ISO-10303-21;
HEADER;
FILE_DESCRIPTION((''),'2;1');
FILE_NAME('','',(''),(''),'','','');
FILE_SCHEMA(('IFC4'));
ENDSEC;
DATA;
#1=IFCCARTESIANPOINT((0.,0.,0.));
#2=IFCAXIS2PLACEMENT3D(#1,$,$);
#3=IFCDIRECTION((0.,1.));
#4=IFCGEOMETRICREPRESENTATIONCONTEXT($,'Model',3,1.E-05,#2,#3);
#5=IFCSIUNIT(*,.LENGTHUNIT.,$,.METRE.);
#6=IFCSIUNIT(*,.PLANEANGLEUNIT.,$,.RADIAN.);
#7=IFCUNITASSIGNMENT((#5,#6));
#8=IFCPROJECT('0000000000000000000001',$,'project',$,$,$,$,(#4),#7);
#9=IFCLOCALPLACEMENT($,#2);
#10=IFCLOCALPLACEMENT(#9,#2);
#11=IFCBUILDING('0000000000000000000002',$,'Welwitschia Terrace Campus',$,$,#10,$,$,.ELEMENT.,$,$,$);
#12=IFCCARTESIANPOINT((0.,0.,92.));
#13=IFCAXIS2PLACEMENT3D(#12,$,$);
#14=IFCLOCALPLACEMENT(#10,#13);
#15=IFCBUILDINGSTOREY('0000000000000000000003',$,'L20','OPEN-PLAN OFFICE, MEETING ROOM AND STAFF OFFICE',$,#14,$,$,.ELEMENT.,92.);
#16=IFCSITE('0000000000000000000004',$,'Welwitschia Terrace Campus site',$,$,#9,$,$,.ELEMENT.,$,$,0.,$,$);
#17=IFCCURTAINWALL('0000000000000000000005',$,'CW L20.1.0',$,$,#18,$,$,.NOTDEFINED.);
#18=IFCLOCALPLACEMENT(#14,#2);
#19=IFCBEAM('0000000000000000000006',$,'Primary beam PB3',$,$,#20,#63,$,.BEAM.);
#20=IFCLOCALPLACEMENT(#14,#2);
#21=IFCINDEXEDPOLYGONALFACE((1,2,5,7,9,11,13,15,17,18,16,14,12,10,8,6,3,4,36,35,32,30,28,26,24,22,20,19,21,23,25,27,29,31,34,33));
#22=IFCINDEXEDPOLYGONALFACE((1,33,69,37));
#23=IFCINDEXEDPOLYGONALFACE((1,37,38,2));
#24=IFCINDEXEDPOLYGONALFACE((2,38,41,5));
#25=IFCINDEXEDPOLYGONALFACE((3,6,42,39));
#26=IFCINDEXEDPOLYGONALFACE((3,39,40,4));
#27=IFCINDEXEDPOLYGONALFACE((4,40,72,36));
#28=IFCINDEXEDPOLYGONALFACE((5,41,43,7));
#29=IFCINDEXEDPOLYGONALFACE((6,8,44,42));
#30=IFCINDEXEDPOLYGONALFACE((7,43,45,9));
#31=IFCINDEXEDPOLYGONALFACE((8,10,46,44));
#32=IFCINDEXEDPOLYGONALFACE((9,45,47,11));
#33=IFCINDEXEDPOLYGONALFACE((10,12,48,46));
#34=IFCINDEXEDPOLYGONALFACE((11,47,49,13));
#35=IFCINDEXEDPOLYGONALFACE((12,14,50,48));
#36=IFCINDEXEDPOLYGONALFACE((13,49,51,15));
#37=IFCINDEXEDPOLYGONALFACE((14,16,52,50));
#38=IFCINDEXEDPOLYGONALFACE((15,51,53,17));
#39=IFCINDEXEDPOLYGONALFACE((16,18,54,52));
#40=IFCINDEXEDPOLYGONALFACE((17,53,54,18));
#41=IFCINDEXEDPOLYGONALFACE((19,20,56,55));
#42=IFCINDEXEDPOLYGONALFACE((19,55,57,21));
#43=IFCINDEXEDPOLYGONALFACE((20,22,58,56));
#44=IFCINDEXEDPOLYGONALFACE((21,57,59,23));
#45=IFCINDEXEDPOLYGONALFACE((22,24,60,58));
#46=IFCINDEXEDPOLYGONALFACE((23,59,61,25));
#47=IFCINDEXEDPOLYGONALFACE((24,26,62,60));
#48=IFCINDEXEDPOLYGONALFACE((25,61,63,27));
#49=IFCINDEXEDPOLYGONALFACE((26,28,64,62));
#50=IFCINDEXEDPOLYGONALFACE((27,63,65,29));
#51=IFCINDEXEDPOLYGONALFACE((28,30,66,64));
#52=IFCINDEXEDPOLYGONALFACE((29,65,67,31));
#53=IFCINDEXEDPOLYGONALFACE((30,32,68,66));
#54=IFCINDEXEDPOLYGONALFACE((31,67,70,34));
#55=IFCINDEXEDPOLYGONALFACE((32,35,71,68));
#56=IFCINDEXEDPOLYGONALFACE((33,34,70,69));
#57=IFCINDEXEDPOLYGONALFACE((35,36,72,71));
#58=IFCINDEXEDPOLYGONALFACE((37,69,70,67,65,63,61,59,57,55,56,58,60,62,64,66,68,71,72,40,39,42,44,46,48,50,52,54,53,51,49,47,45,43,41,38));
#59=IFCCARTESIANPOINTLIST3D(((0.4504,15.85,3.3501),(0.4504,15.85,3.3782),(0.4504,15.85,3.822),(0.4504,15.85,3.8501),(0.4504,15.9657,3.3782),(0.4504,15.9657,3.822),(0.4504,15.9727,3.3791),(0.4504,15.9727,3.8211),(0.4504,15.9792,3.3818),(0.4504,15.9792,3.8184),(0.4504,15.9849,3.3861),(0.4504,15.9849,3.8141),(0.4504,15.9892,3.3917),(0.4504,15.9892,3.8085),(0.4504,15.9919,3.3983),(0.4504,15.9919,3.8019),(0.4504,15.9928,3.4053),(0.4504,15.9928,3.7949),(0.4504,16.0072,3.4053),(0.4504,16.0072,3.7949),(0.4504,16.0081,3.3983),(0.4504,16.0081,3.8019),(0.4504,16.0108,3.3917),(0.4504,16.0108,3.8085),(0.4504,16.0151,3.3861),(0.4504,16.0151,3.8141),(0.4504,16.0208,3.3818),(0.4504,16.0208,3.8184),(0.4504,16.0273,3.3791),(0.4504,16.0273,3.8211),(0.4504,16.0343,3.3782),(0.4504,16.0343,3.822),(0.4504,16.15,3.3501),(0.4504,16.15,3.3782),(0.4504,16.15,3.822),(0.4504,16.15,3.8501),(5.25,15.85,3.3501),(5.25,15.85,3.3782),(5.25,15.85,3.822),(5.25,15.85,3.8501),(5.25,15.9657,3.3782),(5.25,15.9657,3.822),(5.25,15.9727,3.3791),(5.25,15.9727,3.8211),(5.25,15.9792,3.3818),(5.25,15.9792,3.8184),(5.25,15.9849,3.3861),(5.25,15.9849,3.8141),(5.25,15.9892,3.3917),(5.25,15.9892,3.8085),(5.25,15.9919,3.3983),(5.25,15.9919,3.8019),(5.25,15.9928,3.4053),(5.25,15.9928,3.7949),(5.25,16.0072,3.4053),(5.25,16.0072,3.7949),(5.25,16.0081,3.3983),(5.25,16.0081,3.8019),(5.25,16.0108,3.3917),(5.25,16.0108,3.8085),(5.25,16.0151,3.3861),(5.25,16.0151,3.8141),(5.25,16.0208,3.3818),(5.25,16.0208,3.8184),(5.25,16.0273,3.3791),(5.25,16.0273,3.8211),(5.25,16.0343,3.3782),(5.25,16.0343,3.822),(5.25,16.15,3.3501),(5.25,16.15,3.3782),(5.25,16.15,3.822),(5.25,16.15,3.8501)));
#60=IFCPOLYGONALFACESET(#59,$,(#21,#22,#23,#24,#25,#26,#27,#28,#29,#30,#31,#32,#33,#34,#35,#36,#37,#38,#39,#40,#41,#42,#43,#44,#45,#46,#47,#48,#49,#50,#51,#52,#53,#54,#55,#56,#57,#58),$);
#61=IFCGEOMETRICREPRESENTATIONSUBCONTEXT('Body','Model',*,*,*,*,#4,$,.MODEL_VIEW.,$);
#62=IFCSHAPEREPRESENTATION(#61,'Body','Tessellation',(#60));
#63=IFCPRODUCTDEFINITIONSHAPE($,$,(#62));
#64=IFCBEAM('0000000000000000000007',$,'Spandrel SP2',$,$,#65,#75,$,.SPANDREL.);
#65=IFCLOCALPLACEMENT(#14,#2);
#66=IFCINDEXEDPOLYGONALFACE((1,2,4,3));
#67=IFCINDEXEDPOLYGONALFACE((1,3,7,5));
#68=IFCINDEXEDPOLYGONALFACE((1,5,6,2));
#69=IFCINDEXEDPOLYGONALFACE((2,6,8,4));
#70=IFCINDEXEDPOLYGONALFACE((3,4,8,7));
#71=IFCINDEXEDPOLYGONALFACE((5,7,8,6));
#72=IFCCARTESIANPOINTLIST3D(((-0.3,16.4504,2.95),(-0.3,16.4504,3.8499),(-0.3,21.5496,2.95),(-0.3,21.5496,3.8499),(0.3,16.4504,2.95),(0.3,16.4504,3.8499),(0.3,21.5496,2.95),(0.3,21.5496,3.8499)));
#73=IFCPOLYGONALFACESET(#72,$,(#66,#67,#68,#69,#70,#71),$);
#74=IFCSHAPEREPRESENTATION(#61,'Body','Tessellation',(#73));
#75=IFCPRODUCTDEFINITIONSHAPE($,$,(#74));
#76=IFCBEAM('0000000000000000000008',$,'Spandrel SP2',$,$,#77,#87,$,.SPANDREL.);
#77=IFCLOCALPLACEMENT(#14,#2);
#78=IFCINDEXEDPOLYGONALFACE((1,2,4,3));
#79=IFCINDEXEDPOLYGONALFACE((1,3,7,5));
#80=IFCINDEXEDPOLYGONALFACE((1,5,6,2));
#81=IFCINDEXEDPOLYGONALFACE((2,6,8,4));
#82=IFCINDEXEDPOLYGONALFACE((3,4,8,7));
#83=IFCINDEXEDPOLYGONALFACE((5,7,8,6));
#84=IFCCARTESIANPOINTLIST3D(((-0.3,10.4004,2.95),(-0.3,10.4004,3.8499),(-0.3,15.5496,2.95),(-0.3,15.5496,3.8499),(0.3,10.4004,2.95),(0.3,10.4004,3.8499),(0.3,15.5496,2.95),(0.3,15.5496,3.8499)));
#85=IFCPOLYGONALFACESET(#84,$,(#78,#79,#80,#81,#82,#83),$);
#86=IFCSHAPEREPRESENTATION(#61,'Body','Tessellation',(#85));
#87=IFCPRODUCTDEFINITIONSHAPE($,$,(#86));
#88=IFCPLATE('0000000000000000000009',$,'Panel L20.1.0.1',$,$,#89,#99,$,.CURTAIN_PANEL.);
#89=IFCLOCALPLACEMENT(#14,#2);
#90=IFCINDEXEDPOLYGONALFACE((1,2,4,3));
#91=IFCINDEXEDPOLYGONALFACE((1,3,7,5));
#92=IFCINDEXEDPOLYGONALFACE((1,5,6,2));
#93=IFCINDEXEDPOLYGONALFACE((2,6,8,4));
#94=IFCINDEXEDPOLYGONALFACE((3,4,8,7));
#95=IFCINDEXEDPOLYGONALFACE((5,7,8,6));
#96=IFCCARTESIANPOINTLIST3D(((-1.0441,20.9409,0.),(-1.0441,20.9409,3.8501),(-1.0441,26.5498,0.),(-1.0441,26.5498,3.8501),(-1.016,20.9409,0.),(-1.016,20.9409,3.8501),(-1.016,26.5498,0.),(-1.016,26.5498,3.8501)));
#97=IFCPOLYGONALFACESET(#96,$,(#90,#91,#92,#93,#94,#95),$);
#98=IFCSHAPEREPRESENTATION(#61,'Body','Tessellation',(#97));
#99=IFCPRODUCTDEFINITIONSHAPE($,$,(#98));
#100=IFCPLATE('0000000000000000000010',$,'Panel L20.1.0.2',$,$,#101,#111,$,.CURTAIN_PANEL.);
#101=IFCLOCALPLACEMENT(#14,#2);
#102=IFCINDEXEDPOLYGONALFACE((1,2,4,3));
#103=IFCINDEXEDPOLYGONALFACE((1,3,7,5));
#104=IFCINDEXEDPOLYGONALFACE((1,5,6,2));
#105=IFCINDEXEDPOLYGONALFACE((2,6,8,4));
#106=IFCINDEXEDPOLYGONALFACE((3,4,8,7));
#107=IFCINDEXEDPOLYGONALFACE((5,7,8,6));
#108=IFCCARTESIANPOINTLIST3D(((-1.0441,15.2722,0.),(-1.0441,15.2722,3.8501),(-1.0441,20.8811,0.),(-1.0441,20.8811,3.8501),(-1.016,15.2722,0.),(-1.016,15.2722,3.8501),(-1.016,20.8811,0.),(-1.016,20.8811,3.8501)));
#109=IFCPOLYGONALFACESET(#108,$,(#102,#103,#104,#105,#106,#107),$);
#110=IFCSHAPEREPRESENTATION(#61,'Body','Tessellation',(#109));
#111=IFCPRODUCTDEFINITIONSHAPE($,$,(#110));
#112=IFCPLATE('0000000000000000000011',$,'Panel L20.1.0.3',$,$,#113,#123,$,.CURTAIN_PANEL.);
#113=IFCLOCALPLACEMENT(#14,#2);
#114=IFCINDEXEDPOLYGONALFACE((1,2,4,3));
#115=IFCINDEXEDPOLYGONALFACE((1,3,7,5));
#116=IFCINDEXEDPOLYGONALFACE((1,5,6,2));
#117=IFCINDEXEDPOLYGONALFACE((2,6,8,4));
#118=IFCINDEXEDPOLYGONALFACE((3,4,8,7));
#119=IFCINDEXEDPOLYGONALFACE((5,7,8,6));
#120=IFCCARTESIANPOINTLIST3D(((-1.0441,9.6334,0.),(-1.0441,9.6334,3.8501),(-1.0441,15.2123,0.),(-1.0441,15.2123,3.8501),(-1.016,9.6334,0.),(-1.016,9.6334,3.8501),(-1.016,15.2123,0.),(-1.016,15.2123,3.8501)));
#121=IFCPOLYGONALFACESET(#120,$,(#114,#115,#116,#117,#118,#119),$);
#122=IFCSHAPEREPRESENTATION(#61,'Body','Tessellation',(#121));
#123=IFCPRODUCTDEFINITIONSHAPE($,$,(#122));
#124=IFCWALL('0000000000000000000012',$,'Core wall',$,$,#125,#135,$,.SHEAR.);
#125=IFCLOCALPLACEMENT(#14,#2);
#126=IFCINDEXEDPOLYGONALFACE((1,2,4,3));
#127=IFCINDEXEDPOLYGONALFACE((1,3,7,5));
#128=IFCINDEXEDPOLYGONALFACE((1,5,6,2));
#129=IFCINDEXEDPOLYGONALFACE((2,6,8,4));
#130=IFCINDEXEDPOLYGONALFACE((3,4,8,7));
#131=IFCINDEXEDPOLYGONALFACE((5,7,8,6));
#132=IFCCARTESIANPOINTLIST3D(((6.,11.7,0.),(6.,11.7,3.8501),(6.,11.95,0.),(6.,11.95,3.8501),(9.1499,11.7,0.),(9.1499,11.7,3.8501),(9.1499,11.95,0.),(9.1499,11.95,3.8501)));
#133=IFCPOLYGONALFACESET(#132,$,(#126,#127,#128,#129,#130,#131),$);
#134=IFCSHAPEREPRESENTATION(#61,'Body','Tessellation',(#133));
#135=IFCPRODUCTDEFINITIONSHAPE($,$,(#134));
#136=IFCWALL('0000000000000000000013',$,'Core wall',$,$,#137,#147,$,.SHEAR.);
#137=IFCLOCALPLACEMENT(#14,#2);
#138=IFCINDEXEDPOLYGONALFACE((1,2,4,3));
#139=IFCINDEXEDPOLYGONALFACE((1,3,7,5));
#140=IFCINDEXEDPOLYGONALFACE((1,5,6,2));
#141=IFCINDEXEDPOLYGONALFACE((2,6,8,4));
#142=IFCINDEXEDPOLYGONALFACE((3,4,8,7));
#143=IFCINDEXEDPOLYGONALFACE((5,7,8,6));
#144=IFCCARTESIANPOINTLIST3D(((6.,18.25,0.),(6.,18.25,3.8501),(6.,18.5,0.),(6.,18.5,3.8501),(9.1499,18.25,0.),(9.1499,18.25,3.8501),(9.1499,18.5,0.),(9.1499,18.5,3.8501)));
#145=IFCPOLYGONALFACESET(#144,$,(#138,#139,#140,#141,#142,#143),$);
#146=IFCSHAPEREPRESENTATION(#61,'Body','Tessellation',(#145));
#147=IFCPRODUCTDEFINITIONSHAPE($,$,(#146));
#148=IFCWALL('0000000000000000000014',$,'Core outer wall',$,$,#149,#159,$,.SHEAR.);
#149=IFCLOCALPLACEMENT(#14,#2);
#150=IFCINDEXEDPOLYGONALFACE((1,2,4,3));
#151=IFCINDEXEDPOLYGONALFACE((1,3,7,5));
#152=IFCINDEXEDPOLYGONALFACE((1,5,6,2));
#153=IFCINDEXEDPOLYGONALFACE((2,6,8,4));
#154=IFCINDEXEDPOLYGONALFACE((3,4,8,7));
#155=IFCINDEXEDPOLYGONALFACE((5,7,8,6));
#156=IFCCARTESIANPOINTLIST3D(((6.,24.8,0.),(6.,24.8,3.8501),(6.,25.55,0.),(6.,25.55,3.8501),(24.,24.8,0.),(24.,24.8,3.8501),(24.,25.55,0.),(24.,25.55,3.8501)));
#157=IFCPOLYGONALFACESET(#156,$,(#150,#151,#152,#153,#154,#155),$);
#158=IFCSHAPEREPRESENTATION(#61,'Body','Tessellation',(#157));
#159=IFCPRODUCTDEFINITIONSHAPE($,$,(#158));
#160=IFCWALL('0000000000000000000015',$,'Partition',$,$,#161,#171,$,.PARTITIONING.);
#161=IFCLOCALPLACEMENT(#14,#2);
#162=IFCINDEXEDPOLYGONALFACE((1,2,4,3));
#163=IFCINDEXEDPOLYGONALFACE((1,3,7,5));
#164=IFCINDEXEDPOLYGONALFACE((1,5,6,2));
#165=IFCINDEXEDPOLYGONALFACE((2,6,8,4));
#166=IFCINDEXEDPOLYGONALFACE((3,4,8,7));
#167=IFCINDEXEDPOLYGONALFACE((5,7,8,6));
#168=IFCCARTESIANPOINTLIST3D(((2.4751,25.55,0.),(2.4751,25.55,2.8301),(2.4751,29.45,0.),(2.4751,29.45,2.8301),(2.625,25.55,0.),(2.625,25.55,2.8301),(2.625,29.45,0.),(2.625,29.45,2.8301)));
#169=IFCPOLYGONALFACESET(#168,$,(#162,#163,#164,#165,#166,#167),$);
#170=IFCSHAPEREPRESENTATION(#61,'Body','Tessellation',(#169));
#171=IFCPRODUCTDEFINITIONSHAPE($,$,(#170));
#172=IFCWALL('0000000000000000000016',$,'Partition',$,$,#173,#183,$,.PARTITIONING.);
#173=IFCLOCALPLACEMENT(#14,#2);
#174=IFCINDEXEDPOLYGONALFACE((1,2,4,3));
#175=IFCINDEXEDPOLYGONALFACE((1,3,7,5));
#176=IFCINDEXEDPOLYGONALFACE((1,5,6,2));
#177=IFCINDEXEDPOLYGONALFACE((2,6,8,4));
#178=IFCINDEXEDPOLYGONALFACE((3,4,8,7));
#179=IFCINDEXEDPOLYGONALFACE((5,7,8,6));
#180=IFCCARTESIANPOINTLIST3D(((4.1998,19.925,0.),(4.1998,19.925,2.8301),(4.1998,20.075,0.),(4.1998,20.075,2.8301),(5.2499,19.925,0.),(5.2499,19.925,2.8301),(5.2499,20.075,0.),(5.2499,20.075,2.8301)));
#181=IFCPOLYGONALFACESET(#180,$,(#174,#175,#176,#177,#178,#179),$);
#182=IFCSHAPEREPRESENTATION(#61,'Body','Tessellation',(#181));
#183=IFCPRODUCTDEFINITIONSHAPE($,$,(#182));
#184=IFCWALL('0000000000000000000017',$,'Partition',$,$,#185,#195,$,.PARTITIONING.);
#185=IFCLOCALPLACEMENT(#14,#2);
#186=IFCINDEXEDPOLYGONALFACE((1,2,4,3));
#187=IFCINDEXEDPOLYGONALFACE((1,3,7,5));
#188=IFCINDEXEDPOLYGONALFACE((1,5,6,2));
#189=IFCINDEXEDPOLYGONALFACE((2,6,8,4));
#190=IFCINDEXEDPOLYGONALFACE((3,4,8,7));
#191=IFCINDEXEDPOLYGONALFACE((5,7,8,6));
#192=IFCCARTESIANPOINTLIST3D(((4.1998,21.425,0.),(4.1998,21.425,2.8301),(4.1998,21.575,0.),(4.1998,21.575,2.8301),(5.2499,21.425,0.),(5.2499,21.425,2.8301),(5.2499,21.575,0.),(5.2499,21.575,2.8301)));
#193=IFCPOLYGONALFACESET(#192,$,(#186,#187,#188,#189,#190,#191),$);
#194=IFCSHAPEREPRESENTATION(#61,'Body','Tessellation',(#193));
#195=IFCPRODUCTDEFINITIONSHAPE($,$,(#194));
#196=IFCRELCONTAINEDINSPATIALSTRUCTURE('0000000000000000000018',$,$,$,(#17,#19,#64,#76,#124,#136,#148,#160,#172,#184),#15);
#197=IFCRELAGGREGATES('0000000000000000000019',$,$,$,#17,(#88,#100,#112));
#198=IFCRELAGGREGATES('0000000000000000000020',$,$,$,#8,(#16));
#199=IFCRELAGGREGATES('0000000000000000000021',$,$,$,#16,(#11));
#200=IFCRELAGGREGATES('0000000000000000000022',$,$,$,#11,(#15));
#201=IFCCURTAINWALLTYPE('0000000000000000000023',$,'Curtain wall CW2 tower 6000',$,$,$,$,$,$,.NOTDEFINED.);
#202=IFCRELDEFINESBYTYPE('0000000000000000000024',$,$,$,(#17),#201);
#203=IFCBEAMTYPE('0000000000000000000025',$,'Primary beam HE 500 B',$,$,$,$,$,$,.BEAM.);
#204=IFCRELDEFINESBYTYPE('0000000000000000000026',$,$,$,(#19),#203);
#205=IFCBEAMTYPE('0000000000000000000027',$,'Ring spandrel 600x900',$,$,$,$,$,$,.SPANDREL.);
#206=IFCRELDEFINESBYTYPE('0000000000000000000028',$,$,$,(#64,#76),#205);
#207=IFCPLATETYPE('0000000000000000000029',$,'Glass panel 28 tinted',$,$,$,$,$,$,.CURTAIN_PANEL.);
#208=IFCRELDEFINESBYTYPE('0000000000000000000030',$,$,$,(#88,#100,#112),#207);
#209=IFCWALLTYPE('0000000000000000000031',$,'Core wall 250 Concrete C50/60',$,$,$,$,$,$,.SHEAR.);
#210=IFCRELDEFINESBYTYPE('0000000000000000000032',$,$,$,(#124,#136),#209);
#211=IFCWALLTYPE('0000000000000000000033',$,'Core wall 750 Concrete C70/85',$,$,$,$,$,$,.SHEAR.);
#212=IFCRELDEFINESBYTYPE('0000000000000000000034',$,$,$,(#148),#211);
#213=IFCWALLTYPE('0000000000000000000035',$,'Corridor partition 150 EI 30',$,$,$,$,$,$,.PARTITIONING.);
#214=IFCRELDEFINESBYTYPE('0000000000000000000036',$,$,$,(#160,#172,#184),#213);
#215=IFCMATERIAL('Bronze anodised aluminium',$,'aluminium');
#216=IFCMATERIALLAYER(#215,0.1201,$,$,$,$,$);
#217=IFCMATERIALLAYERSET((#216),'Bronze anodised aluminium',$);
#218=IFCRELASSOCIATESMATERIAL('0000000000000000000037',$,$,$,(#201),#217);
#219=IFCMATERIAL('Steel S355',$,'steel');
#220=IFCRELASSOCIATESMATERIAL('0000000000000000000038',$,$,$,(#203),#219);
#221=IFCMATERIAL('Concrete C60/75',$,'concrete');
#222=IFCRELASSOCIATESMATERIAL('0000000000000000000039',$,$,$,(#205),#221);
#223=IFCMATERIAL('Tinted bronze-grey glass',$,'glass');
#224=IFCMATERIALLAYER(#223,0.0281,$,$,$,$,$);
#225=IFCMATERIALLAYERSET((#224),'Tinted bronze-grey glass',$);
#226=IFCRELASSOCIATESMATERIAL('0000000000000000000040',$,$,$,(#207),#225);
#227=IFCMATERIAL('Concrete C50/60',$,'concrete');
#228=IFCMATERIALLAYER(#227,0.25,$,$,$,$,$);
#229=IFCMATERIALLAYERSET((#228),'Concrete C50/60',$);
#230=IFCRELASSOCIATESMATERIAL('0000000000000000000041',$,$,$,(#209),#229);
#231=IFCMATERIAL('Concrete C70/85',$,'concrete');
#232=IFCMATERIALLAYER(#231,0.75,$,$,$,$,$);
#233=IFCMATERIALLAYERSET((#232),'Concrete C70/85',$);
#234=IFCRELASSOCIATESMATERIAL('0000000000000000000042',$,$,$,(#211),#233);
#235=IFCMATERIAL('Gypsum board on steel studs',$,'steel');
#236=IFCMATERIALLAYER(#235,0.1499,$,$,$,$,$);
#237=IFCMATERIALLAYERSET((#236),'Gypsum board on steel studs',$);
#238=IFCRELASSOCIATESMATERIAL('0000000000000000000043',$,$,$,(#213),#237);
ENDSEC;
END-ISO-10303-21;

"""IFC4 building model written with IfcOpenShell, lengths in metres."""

from ifc_helpers import new_model, si_unit, direction, frame, frame_2d, origin, origin_2d, place, context, subcontext, project, spatial, rectangle, i_section, extrude, material, layer, layer_set, material_profile, profile_set, type_object, element, aggregate, save


model = new_model("IFC4")

# Units and contexts
model_context = context("Model", 3, precision=1e-05, world=origin(), true_north=direction((0.0, 1.0)))
body_context = subcontext(model_context, "Body", "Model", "MODEL_VIEW")
ifc_project = project(units=[si_unit("LENGTHUNIT", "METRE"), si_unit("PLANEANGLEUNIT", "RADIAN")], contexts=[model_context])

# Site, building, storey
site_placement = place(None, origin())
site = spatial("IfcSite", under=ifc_project, at=site_placement, Name="Welwitschia Terrace Campus site", CompositionType="ELEMENT", RefElevation=0.0)
building_placement = place(site_placement, origin())
building = spatial("IfcBuilding", under=site, at=building_placement, Name="Welwitschia Terrace Campus", CompositionType="ELEMENT")
storey_placement = place(building_placement, frame((0.0, 0.0, 92.0)))
storey = spatial("IfcBuildingStorey", under=building, at=storey_placement, Name="L20", Description="OPEN-PLAN OFFICE, MEETING ROOM AND STAFF OFFICE", CompositionType="ELEMENT", Elevation=92.0)

# Curtain wall
ifc_material_1 = material(Name="Bronze anodised aluminium", Category="aluminium")
ifc_layer_1 = layer(ifc_material_1, 0.1201)
ifc_layer_set_1 = layer_set([ifc_layer_1], Name="Bronze anodised aluminium")
curtain_wall_type = type_object("IfcCurtainWallType", Name="Curtain wall CW2 tower 6000", PredefinedType="NOTDEFINED", material=ifc_layer_set_1)
curtain_wall_placement = place(storey_placement, origin())
curtain_wall = element("IfcCurtainWall", 1, at=curtain_wall_placement, inside=storey, type_object=curtain_wall_type, Name="CW L20.1.0", PredefinedType="NOTDEFINED")

# Beams
ifc_material_2 = material(Name="Steel S355", Category="steel")
ifc_material_profile_1 = material_profile(ifc_material_2, i_section(OverallWidth=0.3, OverallDepth=0.5, WebThickness=0.0144, FlangeThickness=0.0281, FilletRadius=0.0271, at=origin_2d()))
ifc_profile_set_1 = profile_set([ifc_material_profile_1], Name="Steel S355")
beam_type_1 = type_object("IfcBeamType", Name="Primary beam HE 500 B", PredefinedType="BEAM", material=ifc_profile_set_1)
beam_1_placement = place(storey_placement, frame((0.4504, 16.0, 3.6001), z_axis=(1.0, 0.0, 0.0), x_axis=(0.0, 1.0, 0.0)))
element("IfcBeam", 2, at=beam_1_placement, inside=storey, type_object=beam_type_1, Name="Primary beam PB3", PredefinedType="BEAM", context=body_context, shape_type="SweptSolid", body=[
    extrude(i_section(OverallWidth=0.3, OverallDepth=0.5, WebThickness=0.0144, FlangeThickness=0.0281, FilletRadius=0.0271, at=origin_2d()), origin(), (0.0, 0.0, 1.0), 4.7996),
])
ifc_material_3 = material(Name="Concrete C60/75", Category="concrete")
ifc_material_profile_2 = material_profile(ifc_material_3, rectangle(XDim=0.6001, YDim=0.8999, at=origin_2d()))
ifc_profile_set_2 = profile_set([ifc_material_profile_2], Name="Concrete C60/75")
beam_type_2 = type_object("IfcBeamType", Name="Ring spandrel 600x900", PredefinedType="SPANDREL", material=ifc_profile_set_2)
beam_2_placement = place(storey_placement, frame((0.0, 21.5496, 3.3999), z_axis=(0.0, -1.0, 0.0), x_axis=(1.0, 0.0, 0.0)))
element("IfcBeam", 3, at=beam_2_placement, inside=storey, type_object=beam_type_2, Name="Spandrel SP2", PredefinedType="SPANDREL", context=body_context, shape_type="SweptSolid", body=[
    extrude(rectangle(XDim=0.6001, YDim=0.8999, at=origin_2d()), origin(), (0.0, 0.0, 1.0), 5.0991),
])
beam_3_placement = place(storey_placement, frame((0.0, 15.5496, 3.3999), z_axis=(0.0, -1.0, 0.0), x_axis=(1.0, 0.0, 0.0)))
element("IfcBeam", 4, at=beam_3_placement, inside=storey, type_object=beam_type_2, Name="Spandrel SP2", PredefinedType="SPANDREL", context=body_context, shape_type="SweptSolid", body=[
    extrude(rectangle(XDim=0.6001, YDim=0.8999, at=origin_2d()), origin(), (0.0, 0.0, 1.0), 5.1492),
])

# Plates
ifc_material_4 = material(Name="Tinted bronze-grey glass", Category="glass")
ifc_layer_2 = layer(ifc_material_4, 0.0281)
ifc_layer_set_2 = layer_set([ifc_layer_2], Name="Tinted bronze-grey glass")
plate_type = type_object("IfcPlateType", Name="Glass panel 28 tinted", PredefinedType="CURTAIN_PANEL", material=ifc_layer_set_2)
plate_1_placement = place(storey_placement, frame((-1.03, 23.7454, 0.0), z_axis=(0.0, 0.0, 1.0), x_axis=(0.0, -1.0, 0.0)))
plate_1 = element("IfcPlate", 5, at=plate_1_placement, type_object=plate_type, Name="Panel L20.1.0.1", PredefinedType="CURTAIN_PANEL", context=body_context, shape_type="SweptSolid", body=[
    extrude(rectangle(XDim=5.6089, YDim=0.0281, at=origin_2d()), origin(), (0.0, 0.0, 1.0), 3.8501),
])
plate_2_placement = place(storey_placement, frame((-1.03, 18.0767, 0.0), z_axis=(0.0, 0.0, 1.0), x_axis=(0.0, -1.0, 0.0)))
plate_2 = element("IfcPlate", 6, at=plate_2_placement, type_object=plate_type, Name="Panel L20.1.0.2", PredefinedType="CURTAIN_PANEL", context=body_context, shape_type="SweptSolid", body=[
    extrude(rectangle(XDim=5.6089, YDim=0.0281, at=origin_2d()), origin(), (0.0, 0.0, 1.0), 3.8501),
])
plate_3_placement = place(storey_placement, frame((-1.03, 12.4229, 0.0), z_axis=(0.0, 0.0, 1.0), x_axis=(0.0, -1.0, 0.0)))
plate_3 = element("IfcPlate", 7, at=plate_3_placement, type_object=plate_type, Name="Panel L20.1.0.3", PredefinedType="CURTAIN_PANEL", context=body_context, shape_type="SweptSolid", body=[
    extrude(rectangle(XDim=5.5789, YDim=0.0281, at=origin_2d()), origin(), (0.0, 0.0, 1.0), 3.8501),
])
aggregate(curtain_wall, [plate_1, plate_2, plate_3])

# Walls
ifc_material_5 = material(Name="Concrete C50/60", Category="concrete")
ifc_layer_3 = layer(ifc_material_5, 0.25)
ifc_layer_set_3 = layer_set([ifc_layer_3], Name="Concrete C50/60")
wall_type_1 = type_object("IfcWallType", Name="Core wall 250 Concrete C50/60", PredefinedType="SHEAR", material=ifc_layer_set_3)
for number, where, z_axis, x_axis, name in (
    (8, (6.0, 11.825, 0.0), (0.0, 0.0, 1.0), (1.0, 0.0, 0.0), "Core wall"),
    (9, (6.0, 18.375, 0.0), (0.0, 0.0, 1.0), (1.0, 0.0, 0.0), "Core wall"),
):
    element("IfcWall", number, at=place(storey_placement, frame(where, z_axis=z_axis, x_axis=x_axis)), inside=storey, type_object=wall_type_1, Name=name, PredefinedType="SHEAR", context=body_context, shape_type="SweptSolid", body=[
        extrude(rectangle(XDim=3.1499, YDim=0.25, at=frame_2d((1.575, 0.0))), origin(), (0.0, 0.0, 1.0), 3.8501),
    ])
ifc_material_6 = material(Name="Concrete C70/85", Category="concrete")
ifc_layer_4 = layer(ifc_material_6, 0.75)
ifc_layer_set_4 = layer_set([ifc_layer_4], Name="Concrete C70/85")
wall_type_2 = type_object("IfcWallType", Name="Core wall 750 Concrete C70/85", PredefinedType="SHEAR", material=ifc_layer_set_4)
wall_1_placement = place(storey_placement, frame((6.0, 25.175, 0.0), z_axis=(0.0, 0.0, 1.0), x_axis=(1.0, 0.0, 0.0)))
element("IfcWall", 10, at=wall_1_placement, inside=storey, type_object=wall_type_2, Name="Core outer wall", PredefinedType="SHEAR", context=body_context, shape_type="SweptSolid", body=[
    extrude(rectangle(XDim=18.0, YDim=0.75, at=frame_2d((9.0, 0.0))), origin(), (0.0, 0.0, 1.0), 3.8501),
])
ifc_material_7 = material(Name="Gypsum board on steel studs", Category="steel")
ifc_layer_5 = layer(ifc_material_7, 0.1499)
ifc_layer_set_5 = layer_set([ifc_layer_5], Name="Gypsum board on steel studs")
wall_type_3 = type_object("IfcWallType", Name="Corridor partition 150 EI 30", PredefinedType="PARTITIONING", material=ifc_layer_set_5)
wall_2_placement = place(storey_placement, frame((2.55, 25.55, 0.0), z_axis=(0.0, 0.0, 1.0), x_axis=(0.0, 1.0, 0.0)))
element("IfcWall", 11, at=wall_2_placement, inside=storey, type_object=wall_type_3, Name="Partition", PredefinedType="PARTITIONING", context=body_context, shape_type="SweptSolid", body=[
    extrude(rectangle(XDim=3.8999, YDim=0.1499, at=frame_2d((1.95, 0.0))), origin(), (0.0, 0.0, 1.0), 2.8301),
])
for number, where, z_axis, x_axis, name in (
    (12, (4.2, 20.0, 0.0), (0.0, 0.0, 1.0), (1.0, 0.0, 0.0), "Partition"),
    (13, (4.2, 21.5, 0.0), (0.0, 0.0, 1.0), (1.0, 0.0, 0.0), "Partition"),
):
    element("IfcWall", number, at=place(storey_placement, frame(where, z_axis=z_axis, x_axis=x_axis)), inside=storey, type_object=wall_type_3, Name=name, PredefinedType="PARTITIONING", context=body_context, shape_type="SweptSolid", body=[
        extrude(rectangle(XDim=1.05, YDim=0.1499, at=frame_2d((0.5249, 0.0))), origin(), (0.0, 0.0, 1.0), 2.8301),
    ])

save(model, "model.ifc")
